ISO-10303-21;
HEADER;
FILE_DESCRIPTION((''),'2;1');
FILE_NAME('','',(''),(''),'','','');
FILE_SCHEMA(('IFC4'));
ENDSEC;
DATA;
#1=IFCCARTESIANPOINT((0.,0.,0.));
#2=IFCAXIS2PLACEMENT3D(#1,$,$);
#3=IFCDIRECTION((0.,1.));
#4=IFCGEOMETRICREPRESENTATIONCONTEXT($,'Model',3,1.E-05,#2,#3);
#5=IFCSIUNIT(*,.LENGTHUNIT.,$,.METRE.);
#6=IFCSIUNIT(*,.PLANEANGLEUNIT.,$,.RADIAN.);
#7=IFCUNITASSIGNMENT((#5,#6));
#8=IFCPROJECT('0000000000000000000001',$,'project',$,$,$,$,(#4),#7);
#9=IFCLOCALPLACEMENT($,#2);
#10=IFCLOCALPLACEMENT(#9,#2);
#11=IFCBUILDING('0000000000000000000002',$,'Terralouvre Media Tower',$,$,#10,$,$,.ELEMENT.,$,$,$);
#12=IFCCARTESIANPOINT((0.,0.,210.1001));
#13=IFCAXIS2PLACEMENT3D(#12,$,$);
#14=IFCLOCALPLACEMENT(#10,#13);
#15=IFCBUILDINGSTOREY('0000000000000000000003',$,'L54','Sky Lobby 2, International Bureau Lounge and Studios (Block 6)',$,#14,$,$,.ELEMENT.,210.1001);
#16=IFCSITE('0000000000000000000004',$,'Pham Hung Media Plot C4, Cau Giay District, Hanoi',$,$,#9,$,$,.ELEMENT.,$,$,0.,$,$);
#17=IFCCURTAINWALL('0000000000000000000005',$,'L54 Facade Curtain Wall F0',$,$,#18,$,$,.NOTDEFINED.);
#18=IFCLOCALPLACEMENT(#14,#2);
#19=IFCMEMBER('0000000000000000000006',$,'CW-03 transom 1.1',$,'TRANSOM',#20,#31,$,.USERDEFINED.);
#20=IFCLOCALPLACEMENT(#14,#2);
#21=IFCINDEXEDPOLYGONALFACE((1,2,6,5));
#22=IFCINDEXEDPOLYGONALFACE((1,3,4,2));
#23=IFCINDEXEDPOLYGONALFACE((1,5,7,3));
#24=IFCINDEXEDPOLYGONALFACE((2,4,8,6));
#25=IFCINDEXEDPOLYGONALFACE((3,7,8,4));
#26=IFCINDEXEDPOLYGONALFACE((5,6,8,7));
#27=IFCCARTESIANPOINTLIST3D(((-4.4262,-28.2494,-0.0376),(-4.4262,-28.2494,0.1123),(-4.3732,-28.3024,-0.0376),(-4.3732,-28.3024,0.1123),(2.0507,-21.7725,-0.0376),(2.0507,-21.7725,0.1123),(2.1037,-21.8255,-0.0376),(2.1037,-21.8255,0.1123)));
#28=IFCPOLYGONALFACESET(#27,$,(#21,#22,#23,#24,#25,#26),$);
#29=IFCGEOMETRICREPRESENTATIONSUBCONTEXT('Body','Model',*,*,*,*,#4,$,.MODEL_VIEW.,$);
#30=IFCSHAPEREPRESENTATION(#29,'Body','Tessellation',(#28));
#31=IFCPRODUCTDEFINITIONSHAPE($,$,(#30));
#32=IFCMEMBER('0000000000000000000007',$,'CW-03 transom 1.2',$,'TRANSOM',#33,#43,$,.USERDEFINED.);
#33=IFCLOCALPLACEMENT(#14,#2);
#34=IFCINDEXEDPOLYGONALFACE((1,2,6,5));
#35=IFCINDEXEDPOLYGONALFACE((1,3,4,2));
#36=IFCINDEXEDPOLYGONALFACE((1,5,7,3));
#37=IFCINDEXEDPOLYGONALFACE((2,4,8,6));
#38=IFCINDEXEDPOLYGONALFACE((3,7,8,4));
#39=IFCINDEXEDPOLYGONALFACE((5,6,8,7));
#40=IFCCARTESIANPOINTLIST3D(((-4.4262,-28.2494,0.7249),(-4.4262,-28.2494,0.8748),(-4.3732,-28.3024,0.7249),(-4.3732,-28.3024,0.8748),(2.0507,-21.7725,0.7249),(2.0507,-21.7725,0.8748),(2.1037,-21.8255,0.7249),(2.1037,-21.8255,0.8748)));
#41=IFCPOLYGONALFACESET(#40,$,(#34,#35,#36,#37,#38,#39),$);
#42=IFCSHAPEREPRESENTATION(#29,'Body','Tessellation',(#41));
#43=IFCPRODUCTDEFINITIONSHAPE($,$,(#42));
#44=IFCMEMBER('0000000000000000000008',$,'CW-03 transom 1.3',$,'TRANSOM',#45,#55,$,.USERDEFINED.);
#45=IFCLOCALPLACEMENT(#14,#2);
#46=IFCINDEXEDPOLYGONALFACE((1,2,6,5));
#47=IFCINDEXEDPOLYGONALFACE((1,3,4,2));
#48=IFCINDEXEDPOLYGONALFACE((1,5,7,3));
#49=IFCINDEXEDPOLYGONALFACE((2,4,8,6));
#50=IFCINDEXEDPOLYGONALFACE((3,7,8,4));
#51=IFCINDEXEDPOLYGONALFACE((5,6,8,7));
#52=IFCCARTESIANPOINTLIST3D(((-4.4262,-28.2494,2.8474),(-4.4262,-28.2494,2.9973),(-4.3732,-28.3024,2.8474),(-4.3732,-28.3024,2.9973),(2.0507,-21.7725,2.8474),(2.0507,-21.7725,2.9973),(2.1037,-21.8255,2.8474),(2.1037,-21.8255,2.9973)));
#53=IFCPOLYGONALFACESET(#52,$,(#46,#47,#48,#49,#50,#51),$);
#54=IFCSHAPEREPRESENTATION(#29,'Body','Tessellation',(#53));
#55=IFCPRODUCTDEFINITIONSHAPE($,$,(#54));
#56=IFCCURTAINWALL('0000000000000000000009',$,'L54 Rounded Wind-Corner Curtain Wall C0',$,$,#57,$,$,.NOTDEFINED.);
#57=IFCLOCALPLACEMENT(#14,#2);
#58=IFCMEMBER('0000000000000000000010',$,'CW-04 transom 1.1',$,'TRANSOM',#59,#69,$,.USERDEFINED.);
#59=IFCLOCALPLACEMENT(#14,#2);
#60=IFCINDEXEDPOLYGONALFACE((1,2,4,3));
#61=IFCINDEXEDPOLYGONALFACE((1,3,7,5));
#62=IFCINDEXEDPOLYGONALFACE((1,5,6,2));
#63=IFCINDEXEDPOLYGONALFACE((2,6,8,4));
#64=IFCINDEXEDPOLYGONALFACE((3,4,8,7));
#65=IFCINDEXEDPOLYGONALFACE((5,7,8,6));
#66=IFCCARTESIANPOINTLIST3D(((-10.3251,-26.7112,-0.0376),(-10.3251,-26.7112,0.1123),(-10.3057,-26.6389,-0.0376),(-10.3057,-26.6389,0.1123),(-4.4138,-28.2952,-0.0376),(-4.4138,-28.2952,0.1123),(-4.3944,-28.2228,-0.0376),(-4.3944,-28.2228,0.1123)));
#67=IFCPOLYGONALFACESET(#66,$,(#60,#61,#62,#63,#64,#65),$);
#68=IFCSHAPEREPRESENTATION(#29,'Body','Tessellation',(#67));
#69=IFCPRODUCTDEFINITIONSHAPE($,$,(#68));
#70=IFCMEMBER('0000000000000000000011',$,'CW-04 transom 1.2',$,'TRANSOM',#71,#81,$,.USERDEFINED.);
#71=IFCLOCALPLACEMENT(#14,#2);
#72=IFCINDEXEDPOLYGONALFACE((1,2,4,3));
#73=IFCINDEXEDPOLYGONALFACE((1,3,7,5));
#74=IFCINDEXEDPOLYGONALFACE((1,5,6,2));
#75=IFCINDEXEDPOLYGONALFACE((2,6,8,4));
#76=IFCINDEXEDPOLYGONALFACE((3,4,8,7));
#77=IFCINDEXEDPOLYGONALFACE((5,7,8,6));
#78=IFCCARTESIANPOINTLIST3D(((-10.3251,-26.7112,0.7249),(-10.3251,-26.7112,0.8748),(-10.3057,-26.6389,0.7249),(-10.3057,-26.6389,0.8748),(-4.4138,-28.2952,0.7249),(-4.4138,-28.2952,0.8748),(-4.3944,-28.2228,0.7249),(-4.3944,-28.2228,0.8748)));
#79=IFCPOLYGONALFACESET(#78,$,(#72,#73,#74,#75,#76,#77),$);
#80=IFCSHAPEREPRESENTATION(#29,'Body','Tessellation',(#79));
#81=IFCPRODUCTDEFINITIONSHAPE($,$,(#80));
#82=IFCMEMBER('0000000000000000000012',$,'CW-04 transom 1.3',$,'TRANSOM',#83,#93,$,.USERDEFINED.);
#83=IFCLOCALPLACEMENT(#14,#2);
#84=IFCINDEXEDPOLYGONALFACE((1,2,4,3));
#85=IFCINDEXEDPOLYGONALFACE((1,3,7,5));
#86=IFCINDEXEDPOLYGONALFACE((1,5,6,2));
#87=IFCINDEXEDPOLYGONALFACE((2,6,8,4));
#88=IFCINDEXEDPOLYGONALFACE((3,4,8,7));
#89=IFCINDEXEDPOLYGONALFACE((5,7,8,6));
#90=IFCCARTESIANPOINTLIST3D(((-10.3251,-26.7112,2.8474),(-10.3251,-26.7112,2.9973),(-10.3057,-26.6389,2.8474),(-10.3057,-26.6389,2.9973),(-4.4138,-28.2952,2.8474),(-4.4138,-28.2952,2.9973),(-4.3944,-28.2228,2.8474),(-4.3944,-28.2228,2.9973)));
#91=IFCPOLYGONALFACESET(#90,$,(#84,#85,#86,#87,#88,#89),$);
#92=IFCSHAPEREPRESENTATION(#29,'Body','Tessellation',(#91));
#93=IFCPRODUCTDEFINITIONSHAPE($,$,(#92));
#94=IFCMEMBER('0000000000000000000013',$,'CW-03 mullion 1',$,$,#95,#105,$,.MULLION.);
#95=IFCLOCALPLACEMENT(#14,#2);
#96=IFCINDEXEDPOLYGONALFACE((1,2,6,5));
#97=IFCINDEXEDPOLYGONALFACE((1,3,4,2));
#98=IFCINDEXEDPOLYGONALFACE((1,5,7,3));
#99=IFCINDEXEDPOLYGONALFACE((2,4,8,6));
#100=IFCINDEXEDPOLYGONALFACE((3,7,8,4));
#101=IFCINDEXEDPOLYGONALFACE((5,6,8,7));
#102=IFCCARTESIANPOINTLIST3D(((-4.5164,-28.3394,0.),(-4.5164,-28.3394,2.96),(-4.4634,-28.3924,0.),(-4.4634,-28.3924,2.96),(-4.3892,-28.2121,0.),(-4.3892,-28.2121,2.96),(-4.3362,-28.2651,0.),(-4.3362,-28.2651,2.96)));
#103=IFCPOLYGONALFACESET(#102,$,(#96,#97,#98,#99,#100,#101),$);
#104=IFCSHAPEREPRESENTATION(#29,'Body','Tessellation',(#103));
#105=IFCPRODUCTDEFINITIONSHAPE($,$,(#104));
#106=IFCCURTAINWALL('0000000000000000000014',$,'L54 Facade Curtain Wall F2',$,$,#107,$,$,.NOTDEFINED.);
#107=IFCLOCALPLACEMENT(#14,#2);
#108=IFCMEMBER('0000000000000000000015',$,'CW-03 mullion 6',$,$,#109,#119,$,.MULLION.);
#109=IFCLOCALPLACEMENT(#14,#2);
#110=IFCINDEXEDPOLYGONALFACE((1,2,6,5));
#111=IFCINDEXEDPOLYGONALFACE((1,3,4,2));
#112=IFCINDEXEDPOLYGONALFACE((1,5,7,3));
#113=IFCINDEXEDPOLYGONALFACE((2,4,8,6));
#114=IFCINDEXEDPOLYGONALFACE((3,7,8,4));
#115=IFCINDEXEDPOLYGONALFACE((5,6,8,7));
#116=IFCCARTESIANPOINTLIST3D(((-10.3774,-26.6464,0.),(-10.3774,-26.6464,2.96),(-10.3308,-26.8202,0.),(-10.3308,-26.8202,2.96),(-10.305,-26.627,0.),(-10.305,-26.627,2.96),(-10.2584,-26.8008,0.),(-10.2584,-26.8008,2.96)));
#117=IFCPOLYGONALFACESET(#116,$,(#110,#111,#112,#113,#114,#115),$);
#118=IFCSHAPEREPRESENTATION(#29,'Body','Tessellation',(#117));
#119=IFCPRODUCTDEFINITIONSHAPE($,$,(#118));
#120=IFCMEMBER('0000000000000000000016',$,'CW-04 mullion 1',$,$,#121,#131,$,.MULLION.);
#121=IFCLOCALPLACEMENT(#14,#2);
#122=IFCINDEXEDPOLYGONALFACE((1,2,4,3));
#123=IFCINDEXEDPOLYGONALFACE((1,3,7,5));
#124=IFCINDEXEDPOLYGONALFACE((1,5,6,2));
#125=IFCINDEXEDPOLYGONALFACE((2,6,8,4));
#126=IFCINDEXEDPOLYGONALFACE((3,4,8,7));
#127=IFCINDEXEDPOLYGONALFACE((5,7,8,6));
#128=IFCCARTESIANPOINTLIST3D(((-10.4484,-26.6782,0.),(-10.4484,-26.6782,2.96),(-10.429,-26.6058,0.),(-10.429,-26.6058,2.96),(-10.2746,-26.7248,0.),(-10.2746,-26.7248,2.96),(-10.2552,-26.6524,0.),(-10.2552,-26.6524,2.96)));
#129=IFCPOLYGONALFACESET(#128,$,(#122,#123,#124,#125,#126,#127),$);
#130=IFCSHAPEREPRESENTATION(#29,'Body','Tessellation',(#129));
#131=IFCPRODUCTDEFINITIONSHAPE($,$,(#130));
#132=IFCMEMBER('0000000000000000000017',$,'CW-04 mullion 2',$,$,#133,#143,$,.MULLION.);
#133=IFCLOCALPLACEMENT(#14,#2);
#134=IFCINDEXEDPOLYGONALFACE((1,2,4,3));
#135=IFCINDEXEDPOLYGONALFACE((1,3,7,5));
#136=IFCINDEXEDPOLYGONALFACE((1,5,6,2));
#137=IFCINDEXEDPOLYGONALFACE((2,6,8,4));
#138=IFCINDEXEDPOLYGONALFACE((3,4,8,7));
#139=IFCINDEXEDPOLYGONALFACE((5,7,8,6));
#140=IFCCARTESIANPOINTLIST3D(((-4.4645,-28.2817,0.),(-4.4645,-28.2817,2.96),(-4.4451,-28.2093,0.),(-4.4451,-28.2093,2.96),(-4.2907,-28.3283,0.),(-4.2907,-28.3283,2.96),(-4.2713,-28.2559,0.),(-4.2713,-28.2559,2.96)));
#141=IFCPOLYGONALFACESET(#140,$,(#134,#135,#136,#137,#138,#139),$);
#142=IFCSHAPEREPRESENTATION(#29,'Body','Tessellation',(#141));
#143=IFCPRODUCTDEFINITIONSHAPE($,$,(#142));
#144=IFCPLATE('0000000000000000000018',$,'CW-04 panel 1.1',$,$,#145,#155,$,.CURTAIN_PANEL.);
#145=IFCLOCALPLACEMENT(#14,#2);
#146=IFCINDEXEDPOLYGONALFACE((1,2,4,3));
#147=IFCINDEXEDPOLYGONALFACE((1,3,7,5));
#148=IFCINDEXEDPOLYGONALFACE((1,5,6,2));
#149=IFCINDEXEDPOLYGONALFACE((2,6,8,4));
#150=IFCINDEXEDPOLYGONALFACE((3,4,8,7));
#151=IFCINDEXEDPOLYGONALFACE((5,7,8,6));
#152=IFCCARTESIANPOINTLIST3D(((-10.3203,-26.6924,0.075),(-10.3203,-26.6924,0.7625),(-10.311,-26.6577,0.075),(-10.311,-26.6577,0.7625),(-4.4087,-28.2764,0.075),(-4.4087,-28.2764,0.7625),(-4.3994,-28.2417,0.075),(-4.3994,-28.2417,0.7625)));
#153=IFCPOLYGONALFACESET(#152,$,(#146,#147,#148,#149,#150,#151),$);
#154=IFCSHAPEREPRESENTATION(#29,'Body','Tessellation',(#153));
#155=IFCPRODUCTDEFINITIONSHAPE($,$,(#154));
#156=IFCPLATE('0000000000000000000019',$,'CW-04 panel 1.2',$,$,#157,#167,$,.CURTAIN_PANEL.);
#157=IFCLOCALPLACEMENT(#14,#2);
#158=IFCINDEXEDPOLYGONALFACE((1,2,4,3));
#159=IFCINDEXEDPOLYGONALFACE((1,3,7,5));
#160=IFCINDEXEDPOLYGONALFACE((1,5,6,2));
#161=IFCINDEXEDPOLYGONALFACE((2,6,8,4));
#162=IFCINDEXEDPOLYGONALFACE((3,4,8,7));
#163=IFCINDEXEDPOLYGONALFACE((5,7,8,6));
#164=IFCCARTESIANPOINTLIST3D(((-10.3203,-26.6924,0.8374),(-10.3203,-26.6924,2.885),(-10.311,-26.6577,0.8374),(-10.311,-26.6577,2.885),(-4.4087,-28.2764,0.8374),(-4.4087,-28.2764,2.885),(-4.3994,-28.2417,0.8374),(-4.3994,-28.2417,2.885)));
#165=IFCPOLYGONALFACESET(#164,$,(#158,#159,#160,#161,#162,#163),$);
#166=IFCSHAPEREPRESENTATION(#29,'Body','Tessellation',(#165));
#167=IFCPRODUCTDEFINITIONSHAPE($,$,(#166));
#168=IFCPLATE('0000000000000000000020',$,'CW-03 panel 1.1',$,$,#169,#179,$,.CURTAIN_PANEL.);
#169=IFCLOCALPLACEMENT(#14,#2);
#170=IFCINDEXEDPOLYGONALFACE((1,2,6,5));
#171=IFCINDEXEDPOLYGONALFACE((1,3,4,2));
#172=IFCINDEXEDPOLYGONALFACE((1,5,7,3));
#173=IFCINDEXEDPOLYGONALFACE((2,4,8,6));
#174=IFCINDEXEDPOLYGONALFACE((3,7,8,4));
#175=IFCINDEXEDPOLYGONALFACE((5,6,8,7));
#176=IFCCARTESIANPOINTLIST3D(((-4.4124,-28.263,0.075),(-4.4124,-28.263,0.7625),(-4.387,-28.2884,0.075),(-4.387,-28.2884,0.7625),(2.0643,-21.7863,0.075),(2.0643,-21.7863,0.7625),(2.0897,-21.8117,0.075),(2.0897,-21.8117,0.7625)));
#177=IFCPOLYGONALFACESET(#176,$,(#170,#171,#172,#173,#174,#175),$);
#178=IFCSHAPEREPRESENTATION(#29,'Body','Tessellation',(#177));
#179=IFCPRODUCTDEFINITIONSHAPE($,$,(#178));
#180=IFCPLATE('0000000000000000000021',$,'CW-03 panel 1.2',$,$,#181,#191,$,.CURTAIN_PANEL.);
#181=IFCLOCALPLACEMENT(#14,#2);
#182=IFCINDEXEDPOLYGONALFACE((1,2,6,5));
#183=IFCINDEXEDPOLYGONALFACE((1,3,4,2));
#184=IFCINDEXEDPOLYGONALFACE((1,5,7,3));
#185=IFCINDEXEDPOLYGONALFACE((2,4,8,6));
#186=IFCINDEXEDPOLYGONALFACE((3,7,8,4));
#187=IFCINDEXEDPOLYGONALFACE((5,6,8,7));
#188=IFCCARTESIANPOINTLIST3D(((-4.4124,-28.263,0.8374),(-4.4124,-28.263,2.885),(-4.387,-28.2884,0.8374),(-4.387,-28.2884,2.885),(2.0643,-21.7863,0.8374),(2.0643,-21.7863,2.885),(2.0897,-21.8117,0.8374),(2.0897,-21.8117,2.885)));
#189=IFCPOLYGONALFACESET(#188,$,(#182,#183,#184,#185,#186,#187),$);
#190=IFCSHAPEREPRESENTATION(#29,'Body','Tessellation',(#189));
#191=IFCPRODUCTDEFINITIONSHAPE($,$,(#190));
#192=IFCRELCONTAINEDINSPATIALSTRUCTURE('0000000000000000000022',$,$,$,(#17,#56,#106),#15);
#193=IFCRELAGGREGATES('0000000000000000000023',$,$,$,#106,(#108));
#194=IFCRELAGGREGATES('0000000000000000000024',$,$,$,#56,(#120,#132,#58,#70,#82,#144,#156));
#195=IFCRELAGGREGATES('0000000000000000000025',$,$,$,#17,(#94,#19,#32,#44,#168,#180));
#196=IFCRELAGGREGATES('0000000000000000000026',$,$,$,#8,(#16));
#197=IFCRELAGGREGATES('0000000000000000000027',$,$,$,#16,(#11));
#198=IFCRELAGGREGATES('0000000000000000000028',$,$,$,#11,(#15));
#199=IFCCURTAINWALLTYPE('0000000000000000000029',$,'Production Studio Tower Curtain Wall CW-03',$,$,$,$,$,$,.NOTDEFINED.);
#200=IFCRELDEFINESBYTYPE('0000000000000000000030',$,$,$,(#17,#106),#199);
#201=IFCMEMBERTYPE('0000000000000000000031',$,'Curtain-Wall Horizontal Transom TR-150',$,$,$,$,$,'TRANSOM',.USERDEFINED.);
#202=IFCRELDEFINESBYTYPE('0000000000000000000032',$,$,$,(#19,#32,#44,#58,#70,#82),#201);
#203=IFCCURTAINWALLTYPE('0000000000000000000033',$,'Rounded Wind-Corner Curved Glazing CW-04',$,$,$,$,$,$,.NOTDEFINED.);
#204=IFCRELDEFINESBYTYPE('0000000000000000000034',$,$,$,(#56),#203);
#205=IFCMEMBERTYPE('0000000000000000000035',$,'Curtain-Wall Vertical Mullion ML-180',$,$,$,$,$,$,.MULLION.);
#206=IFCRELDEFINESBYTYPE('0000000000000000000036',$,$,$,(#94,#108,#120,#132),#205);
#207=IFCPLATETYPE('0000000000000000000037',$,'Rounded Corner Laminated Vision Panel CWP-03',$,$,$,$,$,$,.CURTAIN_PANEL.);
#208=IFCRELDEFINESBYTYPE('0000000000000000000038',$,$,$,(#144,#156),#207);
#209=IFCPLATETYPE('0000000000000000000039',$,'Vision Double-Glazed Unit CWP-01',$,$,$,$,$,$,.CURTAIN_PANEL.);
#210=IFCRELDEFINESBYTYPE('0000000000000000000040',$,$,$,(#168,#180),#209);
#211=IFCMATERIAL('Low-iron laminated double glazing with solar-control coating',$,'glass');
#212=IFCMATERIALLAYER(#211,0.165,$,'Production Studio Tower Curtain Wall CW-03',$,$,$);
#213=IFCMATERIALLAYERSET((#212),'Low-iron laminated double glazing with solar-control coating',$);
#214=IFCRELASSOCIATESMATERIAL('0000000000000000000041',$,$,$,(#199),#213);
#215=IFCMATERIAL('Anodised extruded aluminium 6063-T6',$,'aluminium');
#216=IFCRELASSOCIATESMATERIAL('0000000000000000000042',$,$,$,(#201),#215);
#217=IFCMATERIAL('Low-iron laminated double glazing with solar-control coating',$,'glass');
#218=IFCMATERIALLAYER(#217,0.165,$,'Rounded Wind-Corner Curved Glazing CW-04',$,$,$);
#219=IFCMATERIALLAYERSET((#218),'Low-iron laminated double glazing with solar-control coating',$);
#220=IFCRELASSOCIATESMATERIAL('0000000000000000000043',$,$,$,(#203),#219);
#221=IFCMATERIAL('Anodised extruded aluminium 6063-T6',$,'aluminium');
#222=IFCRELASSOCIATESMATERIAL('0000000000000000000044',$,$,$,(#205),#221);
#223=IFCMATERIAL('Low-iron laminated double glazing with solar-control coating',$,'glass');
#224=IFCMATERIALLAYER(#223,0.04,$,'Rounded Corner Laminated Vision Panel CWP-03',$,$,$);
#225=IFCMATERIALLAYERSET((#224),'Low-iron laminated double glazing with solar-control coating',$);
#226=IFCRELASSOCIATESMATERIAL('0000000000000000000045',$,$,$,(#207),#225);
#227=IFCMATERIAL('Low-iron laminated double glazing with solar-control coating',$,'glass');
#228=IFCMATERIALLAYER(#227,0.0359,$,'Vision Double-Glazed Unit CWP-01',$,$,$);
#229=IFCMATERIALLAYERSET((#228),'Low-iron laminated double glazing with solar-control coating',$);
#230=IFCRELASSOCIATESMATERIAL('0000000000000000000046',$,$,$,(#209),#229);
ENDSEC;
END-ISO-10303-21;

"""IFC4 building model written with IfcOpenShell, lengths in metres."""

from ifc_helpers import new_model, si_unit, direction, frame, origin, origin_2d, place, context, subcontext, project, spatial, rectangle, extrude, material, layer, layer_set, material_profile, profile_set, type_object, element, aggregate, save


model = new_model("IFC4")

# Units and contexts
model_context = context("Model", 3, precision=1e-05, world=origin(), true_north=direction((0.0, 1.0)))
body_context = subcontext(model_context, "Body", "Model", "MODEL_VIEW")
ifc_project = project(units=[si_unit("LENGTHUNIT", "METRE"), si_unit("PLANEANGLEUNIT", "RADIAN")], contexts=[model_context])

# Site, building, storey
site_placement = place(None, origin())
site = spatial("IfcSite", under=ifc_project, at=site_placement, Name="Pham Hung Media Plot C4, Cau Giay District, Hanoi", CompositionType="ELEMENT", RefElevation=0.0)
building_placement = place(site_placement, origin())
building = spatial("IfcBuilding", under=site, at=building_placement, Name="Terralouvre Media Tower", CompositionType="ELEMENT")
storey_placement = place(building_placement, frame((0.0, 0.0, 210.1001)))
storey = spatial("IfcBuildingStorey", under=building, at=storey_placement, Name="L54", Description="Sky Lobby 2, International Bureau Lounge and Studios (Block 6)", CompositionType="ELEMENT", Elevation=210.1001)

# Curtain walls, members
ifc_material_1 = material(Name="Low-iron laminated double glazing with solar-control coating", Category="glass")
ifc_layer_1 = layer(ifc_material_1, 0.165, Name="Production Studio Tower Curtain Wall CW-03")
ifc_layer_set_1 = layer_set([ifc_layer_1], Name="Low-iron laminated double glazing with solar-control coating")
curtain_wall_type_1 = type_object("IfcCurtainWallType", Name="Production Studio Tower Curtain Wall CW-03", PredefinedType="NOTDEFINED", material=ifc_layer_set_1)
curtain_wall_1_placement = place(storey_placement, origin())
curtain_wall_1 = element("IfcCurtainWall", 1, at=curtain_wall_1_placement, inside=storey, type_object=curtain_wall_type_1, Name="L54 Facade Curtain Wall F0", PredefinedType="NOTDEFINED")
ifc_material_2 = material(Name="Anodised extruded aluminium 6063-T6", Category="aluminium")
ifc_material_profile_1 = material_profile(ifc_material_2, rectangle(XDim=0.075, YDim=0.1499, at=origin_2d()), Name="ALU 75x150")
ifc_profile_set_1 = profile_set([ifc_material_profile_1], Name="Anodised extruded aluminium 6063-T6")
member_type_1 = type_object("IfcMemberType", Name="Curtain-Wall Horizontal Transom TR-150", ElementType="TRANSOM", PredefinedType="USERDEFINED", material=ifc_profile_set_1)
member_1_placement = place(storey_placement, frame((-4.3997, -28.2759, 0.0374), z_axis=(0.707107, 0.707107, 0.0), x_axis=(-0.707107, 0.707107, 0.0)))
member_1 = element("IfcMember", 2, at=member_1_placement, type_object=member_type_1, Name="CW-03 transom 1.1", ObjectType="TRANSOM", PredefinedType="USERDEFINED", context=body_context, shape_type="SweptSolid", body=[
    extrude(rectangle(XDim=0.075, YDim=0.1499, at=origin_2d()), origin(), (0.0, 0.0, 1.0), 9.1597),
])
member_2_placement = place(storey_placement, frame((-4.3997, -28.2759, 0.7998), z_axis=(0.707107, 0.707107, 0.0), x_axis=(-0.707107, 0.707107, 0.0)))
member_2 = element("IfcMember", 3, at=member_2_placement, type_object=member_type_1, Name="CW-03 transom 1.2", ObjectType="TRANSOM", PredefinedType="USERDEFINED", context=body_context, shape_type="SweptSolid", body=[
    extrude(rectangle(XDim=0.075, YDim=0.1499, at=origin_2d()), origin(), (0.0, 0.0, 1.0), 9.1597),
])
member_3_placement = place(storey_placement, frame((-4.3997, -28.2759, 2.9224), z_axis=(0.707107, 0.707107, 0.0), x_axis=(-0.707107, 0.707107, 0.0)))
member_3 = element("IfcMember", 4, at=member_3_placement, type_object=member_type_1, Name="CW-03 transom 1.3", ObjectType="TRANSOM", PredefinedType="USERDEFINED", context=body_context, shape_type="SweptSolid", body=[
    extrude(rectangle(XDim=0.075, YDim=0.1499, at=origin_2d()), origin(), (0.0, 0.0, 1.0), 9.1597),
])
ifc_material_3 = material(Name="Low-iron laminated double glazing with solar-control coating", Category="glass")
ifc_layer_2 = layer(ifc_material_3, 0.165, Name="Rounded Wind-Corner Curved Glazing CW-04")
ifc_layer_set_2 = layer_set([ifc_layer_2], Name="Low-iron laminated double glazing with solar-control coating")
curtain_wall_type_2 = type_object("IfcCurtainWallType", Name="Rounded Wind-Corner Curved Glazing CW-04", PredefinedType="NOTDEFINED", material=ifc_layer_set_2)
curtain_wall_2_placement = place(storey_placement, origin())
curtain_wall_2 = element("IfcCurtainWall", 5, at=curtain_wall_2_placement, inside=storey, type_object=curtain_wall_type_2, Name="L54 Rounded Wind-Corner Curtain Wall C0", PredefinedType="NOTDEFINED")
member_4_placement = place(storey_placement, frame((-10.3154, -26.675, 0.0374), z_axis=(0.965924, -0.258824, 0.0), x_axis=(0.258824, 0.965924, 0.0)))
member_4 = element("IfcMember", 6, at=member_4_placement, type_object=member_type_1, Name="CW-04 transom 1.1", ObjectType="TRANSOM", PredefinedType="USERDEFINED", context=body_context, shape_type="SweptSolid", body=[
    extrude(rectangle(XDim=0.075, YDim=0.1499, at=origin_2d()), origin(), (0.0, 0.0, 1.0), 6.1199),
])
member_5_placement = place(storey_placement, frame((-10.3154, -26.675, 0.7998), z_axis=(0.965924, -0.258824, 0.0), x_axis=(0.258824, 0.965924, 0.0)))
member_5 = element("IfcMember", 7, at=member_5_placement, type_object=member_type_1, Name="CW-04 transom 1.2", ObjectType="TRANSOM", PredefinedType="USERDEFINED", context=body_context, shape_type="SweptSolid", body=[
    extrude(rectangle(XDim=0.075, YDim=0.1499, at=origin_2d()), origin(), (0.0, 0.0, 1.0), 6.1199),
])
member_6_placement = place(storey_placement, frame((-10.3154, -26.675, 2.9224), z_axis=(0.965924, -0.258824, 0.0), x_axis=(0.258824, 0.965924, 0.0)))
member_6 = element("IfcMember", 8, at=member_6_placement, type_object=member_type_1, Name="CW-04 transom 1.3", ObjectType="TRANSOM", PredefinedType="USERDEFINED", context=body_context, shape_type="SweptSolid", body=[
    extrude(rectangle(XDim=0.075, YDim=0.1499, at=origin_2d()), origin(), (0.0, 0.0, 1.0), 6.1199),
])

# Member
ifc_material_4 = material(Name="Anodised extruded aluminium 6063-T6", Category="aluminium")
ifc_material_profile_2 = material_profile(ifc_material_4, rectangle(XDim=0.075, YDim=0.1799, at=origin_2d()), Name="ALU 75x180")
ifc_profile_set_2 = profile_set([ifc_material_profile_2], Name="Anodised extruded aluminium 6063-T6")
member_type_2 = type_object("IfcMemberType", Name="Curtain-Wall Vertical Mullion ML-180", PredefinedType="MULLION", material=ifc_profile_set_2)
member_7_placement = place(storey_placement, frame((-4.4263, -28.3022, 0.0), z_axis=(0.0, 0.0, 1.0), x_axis=(-0.707107, 0.707107, 0.0)))
member_7 = element("IfcMember", 9, at=member_7_placement, type_object=member_type_2, Name="CW-03 mullion 1", PredefinedType="MULLION", context=body_context, shape_type="SweptSolid", body=[
    extrude(rectangle(XDim=0.075, YDim=0.1799, at=origin_2d()), origin(), (0.0, 0.0, 1.0), 2.96),
])

# Curtain wall, member
curtain_wall_3_placement = place(storey_placement, origin())
curtain_wall_3 = element("IfcCurtainWall", 10, at=curtain_wall_3_placement, inside=storey, type_object=curtain_wall_type_1, Name="L54 Facade Curtain Wall F2", PredefinedType="NOTDEFINED")
member_8_placement = place(storey_placement, frame((-10.3179, -26.7236, 0.0), z_axis=(0.0, 0.0, 1.0), x_axis=(0.965926, 0.258819, 0.0)))
member_8 = element("IfcMember", 11, at=member_8_placement, type_object=member_type_2, Name="CW-03 mullion 6", PredefinedType="MULLION", context=body_context, shape_type="SweptSolid", body=[
    extrude(rectangle(XDim=0.075, YDim=0.1799, at=origin_2d()), origin(), (0.0, 0.0, 1.0), 2.96),
])
aggregate(curtain_wall_3, [member_8])

# Members
member_9_placement = place(storey_placement, frame((-10.3518, -26.6653, 0.0), z_axis=(0.0, 0.0, 1.0), x_axis=(0.258819, 0.965926, 0.0)))
member_9 = element("IfcMember", 12, at=member_9_placement, type_object=member_type_2, Name="CW-04 mullion 1", PredefinedType="MULLION", context=body_context, shape_type="SweptSolid", body=[
    extrude(rectangle(XDim=0.075, YDim=0.1799, at=origin_2d()), origin(), (0.0, 0.0, 1.0), 2.96),
])
member_10_placement = place(storey_placement, frame((-4.3679, -28.2688, 0.0), z_axis=(0.0, 0.0, 1.0), x_axis=(0.258819, 0.965926, 0.0)))
member_10 = element("IfcMember", 13, at=member_10_placement, type_object=member_type_2, Name="CW-04 mullion 2", PredefinedType="MULLION", context=body_context, shape_type="SweptSolid", body=[
    extrude(rectangle(XDim=0.075, YDim=0.1799, at=origin_2d()), origin(), (0.0, 0.0, 1.0), 2.96),
])

# Plates
ifc_material_5 = material(Name="Low-iron laminated double glazing with solar-control coating", Category="glass")
ifc_layer_3 = layer(ifc_material_5, 0.04, Name="Rounded Corner Laminated Vision Panel CWP-03")
ifc_layer_set_3 = layer_set([ifc_layer_3], Name="Low-iron laminated double glazing with solar-control coating")
plate_type_1 = type_object("IfcPlateType", Name="Rounded Corner Laminated Vision Panel CWP-03", PredefinedType="CURTAIN_PANEL", material=ifc_layer_set_3)
plate_1_placement = place(storey_placement, frame((-7.3599, -27.467, 0.075), z_axis=(0.0, 0.0, 1.0), x_axis=(0.965926, -0.258819, 0.0)))
plate_1 = element("IfcPlate", 14, at=plate_1_placement, type_object=plate_type_1, Name="CW-04 panel 1.1", PredefinedType="CURTAIN_PANEL", context=body_context, shape_type="SweptSolid", body=[
    extrude(rectangle(XDim=6.1201, YDim=0.0359, at=origin_2d()), origin(), (0.0, 0.0, 1.0), 0.6875),
])
plate_2_placement = place(storey_placement, frame((-7.3599, -27.467, 0.8374), z_axis=(0.0, 0.0, 1.0), x_axis=(0.965926, -0.258819, 0.0)))
plate_2 = element("IfcPlate", 15, at=plate_2_placement, type_object=plate_type_1, Name="CW-04 panel 1.2", PredefinedType="CURTAIN_PANEL", context=body_context, shape_type="SweptSolid", body=[
    extrude(rectangle(XDim=6.1201, YDim=0.0359, at=origin_2d()), origin(), (0.0, 0.0, 1.0), 2.0476),
])
aggregate(curtain_wall_2, [member_9, member_10, member_4, member_5, member_6, plate_1, plate_2])
ifc_material_6 = material(Name="Low-iron laminated double glazing with solar-control coating", Category="glass")
ifc_layer_4 = layer(ifc_material_6, 0.0359, Name="Vision Double-Glazed Unit CWP-01")
ifc_layer_set_4 = layer_set([ifc_layer_4], Name="Low-iron laminated double glazing with solar-control coating")
plate_type_2 = type_object("IfcPlateType", Name="Vision Double-Glazed Unit CWP-01", PredefinedType="CURTAIN_PANEL", material=ifc_layer_set_4)
plate_3_placement = place(storey_placement, frame((-1.1614, -25.0374, 0.075), z_axis=(0.0, 0.0, 1.0), x_axis=(0.707107, 0.707107, 0.0)))
plate_3 = element("IfcPlate", 16, at=plate_3_placement, type_object=plate_type_2, Name="CW-03 panel 1.1", PredefinedType="CURTAIN_PANEL", context=body_context, shape_type="SweptSolid", body=[
    extrude(rectangle(XDim=9.1594, YDim=0.0359, at=origin_2d()), origin(), (0.0, 0.0, 1.0), 0.6875),
])
plate_4_placement = place(storey_placement, frame((-1.1614, -25.0374, 0.8374), z_axis=(0.0, 0.0, 1.0), x_axis=(0.707107, 0.707107, 0.0)))
plate_4 = element("IfcPlate", 17, at=plate_4_placement, type_object=plate_type_2, Name="CW-03 panel 1.2", PredefinedType="CURTAIN_PANEL", context=body_context, shape_type="SweptSolid", body=[
    extrude(rectangle(XDim=9.1594, YDim=0.0359, at=origin_2d()), origin(), (0.0, 0.0, 1.0), 2.0476),
])
aggregate(curtain_wall_1, [member_7, member_1, member_2, member_3, plate_3, plate_4])

save(model, "model.ifc")
